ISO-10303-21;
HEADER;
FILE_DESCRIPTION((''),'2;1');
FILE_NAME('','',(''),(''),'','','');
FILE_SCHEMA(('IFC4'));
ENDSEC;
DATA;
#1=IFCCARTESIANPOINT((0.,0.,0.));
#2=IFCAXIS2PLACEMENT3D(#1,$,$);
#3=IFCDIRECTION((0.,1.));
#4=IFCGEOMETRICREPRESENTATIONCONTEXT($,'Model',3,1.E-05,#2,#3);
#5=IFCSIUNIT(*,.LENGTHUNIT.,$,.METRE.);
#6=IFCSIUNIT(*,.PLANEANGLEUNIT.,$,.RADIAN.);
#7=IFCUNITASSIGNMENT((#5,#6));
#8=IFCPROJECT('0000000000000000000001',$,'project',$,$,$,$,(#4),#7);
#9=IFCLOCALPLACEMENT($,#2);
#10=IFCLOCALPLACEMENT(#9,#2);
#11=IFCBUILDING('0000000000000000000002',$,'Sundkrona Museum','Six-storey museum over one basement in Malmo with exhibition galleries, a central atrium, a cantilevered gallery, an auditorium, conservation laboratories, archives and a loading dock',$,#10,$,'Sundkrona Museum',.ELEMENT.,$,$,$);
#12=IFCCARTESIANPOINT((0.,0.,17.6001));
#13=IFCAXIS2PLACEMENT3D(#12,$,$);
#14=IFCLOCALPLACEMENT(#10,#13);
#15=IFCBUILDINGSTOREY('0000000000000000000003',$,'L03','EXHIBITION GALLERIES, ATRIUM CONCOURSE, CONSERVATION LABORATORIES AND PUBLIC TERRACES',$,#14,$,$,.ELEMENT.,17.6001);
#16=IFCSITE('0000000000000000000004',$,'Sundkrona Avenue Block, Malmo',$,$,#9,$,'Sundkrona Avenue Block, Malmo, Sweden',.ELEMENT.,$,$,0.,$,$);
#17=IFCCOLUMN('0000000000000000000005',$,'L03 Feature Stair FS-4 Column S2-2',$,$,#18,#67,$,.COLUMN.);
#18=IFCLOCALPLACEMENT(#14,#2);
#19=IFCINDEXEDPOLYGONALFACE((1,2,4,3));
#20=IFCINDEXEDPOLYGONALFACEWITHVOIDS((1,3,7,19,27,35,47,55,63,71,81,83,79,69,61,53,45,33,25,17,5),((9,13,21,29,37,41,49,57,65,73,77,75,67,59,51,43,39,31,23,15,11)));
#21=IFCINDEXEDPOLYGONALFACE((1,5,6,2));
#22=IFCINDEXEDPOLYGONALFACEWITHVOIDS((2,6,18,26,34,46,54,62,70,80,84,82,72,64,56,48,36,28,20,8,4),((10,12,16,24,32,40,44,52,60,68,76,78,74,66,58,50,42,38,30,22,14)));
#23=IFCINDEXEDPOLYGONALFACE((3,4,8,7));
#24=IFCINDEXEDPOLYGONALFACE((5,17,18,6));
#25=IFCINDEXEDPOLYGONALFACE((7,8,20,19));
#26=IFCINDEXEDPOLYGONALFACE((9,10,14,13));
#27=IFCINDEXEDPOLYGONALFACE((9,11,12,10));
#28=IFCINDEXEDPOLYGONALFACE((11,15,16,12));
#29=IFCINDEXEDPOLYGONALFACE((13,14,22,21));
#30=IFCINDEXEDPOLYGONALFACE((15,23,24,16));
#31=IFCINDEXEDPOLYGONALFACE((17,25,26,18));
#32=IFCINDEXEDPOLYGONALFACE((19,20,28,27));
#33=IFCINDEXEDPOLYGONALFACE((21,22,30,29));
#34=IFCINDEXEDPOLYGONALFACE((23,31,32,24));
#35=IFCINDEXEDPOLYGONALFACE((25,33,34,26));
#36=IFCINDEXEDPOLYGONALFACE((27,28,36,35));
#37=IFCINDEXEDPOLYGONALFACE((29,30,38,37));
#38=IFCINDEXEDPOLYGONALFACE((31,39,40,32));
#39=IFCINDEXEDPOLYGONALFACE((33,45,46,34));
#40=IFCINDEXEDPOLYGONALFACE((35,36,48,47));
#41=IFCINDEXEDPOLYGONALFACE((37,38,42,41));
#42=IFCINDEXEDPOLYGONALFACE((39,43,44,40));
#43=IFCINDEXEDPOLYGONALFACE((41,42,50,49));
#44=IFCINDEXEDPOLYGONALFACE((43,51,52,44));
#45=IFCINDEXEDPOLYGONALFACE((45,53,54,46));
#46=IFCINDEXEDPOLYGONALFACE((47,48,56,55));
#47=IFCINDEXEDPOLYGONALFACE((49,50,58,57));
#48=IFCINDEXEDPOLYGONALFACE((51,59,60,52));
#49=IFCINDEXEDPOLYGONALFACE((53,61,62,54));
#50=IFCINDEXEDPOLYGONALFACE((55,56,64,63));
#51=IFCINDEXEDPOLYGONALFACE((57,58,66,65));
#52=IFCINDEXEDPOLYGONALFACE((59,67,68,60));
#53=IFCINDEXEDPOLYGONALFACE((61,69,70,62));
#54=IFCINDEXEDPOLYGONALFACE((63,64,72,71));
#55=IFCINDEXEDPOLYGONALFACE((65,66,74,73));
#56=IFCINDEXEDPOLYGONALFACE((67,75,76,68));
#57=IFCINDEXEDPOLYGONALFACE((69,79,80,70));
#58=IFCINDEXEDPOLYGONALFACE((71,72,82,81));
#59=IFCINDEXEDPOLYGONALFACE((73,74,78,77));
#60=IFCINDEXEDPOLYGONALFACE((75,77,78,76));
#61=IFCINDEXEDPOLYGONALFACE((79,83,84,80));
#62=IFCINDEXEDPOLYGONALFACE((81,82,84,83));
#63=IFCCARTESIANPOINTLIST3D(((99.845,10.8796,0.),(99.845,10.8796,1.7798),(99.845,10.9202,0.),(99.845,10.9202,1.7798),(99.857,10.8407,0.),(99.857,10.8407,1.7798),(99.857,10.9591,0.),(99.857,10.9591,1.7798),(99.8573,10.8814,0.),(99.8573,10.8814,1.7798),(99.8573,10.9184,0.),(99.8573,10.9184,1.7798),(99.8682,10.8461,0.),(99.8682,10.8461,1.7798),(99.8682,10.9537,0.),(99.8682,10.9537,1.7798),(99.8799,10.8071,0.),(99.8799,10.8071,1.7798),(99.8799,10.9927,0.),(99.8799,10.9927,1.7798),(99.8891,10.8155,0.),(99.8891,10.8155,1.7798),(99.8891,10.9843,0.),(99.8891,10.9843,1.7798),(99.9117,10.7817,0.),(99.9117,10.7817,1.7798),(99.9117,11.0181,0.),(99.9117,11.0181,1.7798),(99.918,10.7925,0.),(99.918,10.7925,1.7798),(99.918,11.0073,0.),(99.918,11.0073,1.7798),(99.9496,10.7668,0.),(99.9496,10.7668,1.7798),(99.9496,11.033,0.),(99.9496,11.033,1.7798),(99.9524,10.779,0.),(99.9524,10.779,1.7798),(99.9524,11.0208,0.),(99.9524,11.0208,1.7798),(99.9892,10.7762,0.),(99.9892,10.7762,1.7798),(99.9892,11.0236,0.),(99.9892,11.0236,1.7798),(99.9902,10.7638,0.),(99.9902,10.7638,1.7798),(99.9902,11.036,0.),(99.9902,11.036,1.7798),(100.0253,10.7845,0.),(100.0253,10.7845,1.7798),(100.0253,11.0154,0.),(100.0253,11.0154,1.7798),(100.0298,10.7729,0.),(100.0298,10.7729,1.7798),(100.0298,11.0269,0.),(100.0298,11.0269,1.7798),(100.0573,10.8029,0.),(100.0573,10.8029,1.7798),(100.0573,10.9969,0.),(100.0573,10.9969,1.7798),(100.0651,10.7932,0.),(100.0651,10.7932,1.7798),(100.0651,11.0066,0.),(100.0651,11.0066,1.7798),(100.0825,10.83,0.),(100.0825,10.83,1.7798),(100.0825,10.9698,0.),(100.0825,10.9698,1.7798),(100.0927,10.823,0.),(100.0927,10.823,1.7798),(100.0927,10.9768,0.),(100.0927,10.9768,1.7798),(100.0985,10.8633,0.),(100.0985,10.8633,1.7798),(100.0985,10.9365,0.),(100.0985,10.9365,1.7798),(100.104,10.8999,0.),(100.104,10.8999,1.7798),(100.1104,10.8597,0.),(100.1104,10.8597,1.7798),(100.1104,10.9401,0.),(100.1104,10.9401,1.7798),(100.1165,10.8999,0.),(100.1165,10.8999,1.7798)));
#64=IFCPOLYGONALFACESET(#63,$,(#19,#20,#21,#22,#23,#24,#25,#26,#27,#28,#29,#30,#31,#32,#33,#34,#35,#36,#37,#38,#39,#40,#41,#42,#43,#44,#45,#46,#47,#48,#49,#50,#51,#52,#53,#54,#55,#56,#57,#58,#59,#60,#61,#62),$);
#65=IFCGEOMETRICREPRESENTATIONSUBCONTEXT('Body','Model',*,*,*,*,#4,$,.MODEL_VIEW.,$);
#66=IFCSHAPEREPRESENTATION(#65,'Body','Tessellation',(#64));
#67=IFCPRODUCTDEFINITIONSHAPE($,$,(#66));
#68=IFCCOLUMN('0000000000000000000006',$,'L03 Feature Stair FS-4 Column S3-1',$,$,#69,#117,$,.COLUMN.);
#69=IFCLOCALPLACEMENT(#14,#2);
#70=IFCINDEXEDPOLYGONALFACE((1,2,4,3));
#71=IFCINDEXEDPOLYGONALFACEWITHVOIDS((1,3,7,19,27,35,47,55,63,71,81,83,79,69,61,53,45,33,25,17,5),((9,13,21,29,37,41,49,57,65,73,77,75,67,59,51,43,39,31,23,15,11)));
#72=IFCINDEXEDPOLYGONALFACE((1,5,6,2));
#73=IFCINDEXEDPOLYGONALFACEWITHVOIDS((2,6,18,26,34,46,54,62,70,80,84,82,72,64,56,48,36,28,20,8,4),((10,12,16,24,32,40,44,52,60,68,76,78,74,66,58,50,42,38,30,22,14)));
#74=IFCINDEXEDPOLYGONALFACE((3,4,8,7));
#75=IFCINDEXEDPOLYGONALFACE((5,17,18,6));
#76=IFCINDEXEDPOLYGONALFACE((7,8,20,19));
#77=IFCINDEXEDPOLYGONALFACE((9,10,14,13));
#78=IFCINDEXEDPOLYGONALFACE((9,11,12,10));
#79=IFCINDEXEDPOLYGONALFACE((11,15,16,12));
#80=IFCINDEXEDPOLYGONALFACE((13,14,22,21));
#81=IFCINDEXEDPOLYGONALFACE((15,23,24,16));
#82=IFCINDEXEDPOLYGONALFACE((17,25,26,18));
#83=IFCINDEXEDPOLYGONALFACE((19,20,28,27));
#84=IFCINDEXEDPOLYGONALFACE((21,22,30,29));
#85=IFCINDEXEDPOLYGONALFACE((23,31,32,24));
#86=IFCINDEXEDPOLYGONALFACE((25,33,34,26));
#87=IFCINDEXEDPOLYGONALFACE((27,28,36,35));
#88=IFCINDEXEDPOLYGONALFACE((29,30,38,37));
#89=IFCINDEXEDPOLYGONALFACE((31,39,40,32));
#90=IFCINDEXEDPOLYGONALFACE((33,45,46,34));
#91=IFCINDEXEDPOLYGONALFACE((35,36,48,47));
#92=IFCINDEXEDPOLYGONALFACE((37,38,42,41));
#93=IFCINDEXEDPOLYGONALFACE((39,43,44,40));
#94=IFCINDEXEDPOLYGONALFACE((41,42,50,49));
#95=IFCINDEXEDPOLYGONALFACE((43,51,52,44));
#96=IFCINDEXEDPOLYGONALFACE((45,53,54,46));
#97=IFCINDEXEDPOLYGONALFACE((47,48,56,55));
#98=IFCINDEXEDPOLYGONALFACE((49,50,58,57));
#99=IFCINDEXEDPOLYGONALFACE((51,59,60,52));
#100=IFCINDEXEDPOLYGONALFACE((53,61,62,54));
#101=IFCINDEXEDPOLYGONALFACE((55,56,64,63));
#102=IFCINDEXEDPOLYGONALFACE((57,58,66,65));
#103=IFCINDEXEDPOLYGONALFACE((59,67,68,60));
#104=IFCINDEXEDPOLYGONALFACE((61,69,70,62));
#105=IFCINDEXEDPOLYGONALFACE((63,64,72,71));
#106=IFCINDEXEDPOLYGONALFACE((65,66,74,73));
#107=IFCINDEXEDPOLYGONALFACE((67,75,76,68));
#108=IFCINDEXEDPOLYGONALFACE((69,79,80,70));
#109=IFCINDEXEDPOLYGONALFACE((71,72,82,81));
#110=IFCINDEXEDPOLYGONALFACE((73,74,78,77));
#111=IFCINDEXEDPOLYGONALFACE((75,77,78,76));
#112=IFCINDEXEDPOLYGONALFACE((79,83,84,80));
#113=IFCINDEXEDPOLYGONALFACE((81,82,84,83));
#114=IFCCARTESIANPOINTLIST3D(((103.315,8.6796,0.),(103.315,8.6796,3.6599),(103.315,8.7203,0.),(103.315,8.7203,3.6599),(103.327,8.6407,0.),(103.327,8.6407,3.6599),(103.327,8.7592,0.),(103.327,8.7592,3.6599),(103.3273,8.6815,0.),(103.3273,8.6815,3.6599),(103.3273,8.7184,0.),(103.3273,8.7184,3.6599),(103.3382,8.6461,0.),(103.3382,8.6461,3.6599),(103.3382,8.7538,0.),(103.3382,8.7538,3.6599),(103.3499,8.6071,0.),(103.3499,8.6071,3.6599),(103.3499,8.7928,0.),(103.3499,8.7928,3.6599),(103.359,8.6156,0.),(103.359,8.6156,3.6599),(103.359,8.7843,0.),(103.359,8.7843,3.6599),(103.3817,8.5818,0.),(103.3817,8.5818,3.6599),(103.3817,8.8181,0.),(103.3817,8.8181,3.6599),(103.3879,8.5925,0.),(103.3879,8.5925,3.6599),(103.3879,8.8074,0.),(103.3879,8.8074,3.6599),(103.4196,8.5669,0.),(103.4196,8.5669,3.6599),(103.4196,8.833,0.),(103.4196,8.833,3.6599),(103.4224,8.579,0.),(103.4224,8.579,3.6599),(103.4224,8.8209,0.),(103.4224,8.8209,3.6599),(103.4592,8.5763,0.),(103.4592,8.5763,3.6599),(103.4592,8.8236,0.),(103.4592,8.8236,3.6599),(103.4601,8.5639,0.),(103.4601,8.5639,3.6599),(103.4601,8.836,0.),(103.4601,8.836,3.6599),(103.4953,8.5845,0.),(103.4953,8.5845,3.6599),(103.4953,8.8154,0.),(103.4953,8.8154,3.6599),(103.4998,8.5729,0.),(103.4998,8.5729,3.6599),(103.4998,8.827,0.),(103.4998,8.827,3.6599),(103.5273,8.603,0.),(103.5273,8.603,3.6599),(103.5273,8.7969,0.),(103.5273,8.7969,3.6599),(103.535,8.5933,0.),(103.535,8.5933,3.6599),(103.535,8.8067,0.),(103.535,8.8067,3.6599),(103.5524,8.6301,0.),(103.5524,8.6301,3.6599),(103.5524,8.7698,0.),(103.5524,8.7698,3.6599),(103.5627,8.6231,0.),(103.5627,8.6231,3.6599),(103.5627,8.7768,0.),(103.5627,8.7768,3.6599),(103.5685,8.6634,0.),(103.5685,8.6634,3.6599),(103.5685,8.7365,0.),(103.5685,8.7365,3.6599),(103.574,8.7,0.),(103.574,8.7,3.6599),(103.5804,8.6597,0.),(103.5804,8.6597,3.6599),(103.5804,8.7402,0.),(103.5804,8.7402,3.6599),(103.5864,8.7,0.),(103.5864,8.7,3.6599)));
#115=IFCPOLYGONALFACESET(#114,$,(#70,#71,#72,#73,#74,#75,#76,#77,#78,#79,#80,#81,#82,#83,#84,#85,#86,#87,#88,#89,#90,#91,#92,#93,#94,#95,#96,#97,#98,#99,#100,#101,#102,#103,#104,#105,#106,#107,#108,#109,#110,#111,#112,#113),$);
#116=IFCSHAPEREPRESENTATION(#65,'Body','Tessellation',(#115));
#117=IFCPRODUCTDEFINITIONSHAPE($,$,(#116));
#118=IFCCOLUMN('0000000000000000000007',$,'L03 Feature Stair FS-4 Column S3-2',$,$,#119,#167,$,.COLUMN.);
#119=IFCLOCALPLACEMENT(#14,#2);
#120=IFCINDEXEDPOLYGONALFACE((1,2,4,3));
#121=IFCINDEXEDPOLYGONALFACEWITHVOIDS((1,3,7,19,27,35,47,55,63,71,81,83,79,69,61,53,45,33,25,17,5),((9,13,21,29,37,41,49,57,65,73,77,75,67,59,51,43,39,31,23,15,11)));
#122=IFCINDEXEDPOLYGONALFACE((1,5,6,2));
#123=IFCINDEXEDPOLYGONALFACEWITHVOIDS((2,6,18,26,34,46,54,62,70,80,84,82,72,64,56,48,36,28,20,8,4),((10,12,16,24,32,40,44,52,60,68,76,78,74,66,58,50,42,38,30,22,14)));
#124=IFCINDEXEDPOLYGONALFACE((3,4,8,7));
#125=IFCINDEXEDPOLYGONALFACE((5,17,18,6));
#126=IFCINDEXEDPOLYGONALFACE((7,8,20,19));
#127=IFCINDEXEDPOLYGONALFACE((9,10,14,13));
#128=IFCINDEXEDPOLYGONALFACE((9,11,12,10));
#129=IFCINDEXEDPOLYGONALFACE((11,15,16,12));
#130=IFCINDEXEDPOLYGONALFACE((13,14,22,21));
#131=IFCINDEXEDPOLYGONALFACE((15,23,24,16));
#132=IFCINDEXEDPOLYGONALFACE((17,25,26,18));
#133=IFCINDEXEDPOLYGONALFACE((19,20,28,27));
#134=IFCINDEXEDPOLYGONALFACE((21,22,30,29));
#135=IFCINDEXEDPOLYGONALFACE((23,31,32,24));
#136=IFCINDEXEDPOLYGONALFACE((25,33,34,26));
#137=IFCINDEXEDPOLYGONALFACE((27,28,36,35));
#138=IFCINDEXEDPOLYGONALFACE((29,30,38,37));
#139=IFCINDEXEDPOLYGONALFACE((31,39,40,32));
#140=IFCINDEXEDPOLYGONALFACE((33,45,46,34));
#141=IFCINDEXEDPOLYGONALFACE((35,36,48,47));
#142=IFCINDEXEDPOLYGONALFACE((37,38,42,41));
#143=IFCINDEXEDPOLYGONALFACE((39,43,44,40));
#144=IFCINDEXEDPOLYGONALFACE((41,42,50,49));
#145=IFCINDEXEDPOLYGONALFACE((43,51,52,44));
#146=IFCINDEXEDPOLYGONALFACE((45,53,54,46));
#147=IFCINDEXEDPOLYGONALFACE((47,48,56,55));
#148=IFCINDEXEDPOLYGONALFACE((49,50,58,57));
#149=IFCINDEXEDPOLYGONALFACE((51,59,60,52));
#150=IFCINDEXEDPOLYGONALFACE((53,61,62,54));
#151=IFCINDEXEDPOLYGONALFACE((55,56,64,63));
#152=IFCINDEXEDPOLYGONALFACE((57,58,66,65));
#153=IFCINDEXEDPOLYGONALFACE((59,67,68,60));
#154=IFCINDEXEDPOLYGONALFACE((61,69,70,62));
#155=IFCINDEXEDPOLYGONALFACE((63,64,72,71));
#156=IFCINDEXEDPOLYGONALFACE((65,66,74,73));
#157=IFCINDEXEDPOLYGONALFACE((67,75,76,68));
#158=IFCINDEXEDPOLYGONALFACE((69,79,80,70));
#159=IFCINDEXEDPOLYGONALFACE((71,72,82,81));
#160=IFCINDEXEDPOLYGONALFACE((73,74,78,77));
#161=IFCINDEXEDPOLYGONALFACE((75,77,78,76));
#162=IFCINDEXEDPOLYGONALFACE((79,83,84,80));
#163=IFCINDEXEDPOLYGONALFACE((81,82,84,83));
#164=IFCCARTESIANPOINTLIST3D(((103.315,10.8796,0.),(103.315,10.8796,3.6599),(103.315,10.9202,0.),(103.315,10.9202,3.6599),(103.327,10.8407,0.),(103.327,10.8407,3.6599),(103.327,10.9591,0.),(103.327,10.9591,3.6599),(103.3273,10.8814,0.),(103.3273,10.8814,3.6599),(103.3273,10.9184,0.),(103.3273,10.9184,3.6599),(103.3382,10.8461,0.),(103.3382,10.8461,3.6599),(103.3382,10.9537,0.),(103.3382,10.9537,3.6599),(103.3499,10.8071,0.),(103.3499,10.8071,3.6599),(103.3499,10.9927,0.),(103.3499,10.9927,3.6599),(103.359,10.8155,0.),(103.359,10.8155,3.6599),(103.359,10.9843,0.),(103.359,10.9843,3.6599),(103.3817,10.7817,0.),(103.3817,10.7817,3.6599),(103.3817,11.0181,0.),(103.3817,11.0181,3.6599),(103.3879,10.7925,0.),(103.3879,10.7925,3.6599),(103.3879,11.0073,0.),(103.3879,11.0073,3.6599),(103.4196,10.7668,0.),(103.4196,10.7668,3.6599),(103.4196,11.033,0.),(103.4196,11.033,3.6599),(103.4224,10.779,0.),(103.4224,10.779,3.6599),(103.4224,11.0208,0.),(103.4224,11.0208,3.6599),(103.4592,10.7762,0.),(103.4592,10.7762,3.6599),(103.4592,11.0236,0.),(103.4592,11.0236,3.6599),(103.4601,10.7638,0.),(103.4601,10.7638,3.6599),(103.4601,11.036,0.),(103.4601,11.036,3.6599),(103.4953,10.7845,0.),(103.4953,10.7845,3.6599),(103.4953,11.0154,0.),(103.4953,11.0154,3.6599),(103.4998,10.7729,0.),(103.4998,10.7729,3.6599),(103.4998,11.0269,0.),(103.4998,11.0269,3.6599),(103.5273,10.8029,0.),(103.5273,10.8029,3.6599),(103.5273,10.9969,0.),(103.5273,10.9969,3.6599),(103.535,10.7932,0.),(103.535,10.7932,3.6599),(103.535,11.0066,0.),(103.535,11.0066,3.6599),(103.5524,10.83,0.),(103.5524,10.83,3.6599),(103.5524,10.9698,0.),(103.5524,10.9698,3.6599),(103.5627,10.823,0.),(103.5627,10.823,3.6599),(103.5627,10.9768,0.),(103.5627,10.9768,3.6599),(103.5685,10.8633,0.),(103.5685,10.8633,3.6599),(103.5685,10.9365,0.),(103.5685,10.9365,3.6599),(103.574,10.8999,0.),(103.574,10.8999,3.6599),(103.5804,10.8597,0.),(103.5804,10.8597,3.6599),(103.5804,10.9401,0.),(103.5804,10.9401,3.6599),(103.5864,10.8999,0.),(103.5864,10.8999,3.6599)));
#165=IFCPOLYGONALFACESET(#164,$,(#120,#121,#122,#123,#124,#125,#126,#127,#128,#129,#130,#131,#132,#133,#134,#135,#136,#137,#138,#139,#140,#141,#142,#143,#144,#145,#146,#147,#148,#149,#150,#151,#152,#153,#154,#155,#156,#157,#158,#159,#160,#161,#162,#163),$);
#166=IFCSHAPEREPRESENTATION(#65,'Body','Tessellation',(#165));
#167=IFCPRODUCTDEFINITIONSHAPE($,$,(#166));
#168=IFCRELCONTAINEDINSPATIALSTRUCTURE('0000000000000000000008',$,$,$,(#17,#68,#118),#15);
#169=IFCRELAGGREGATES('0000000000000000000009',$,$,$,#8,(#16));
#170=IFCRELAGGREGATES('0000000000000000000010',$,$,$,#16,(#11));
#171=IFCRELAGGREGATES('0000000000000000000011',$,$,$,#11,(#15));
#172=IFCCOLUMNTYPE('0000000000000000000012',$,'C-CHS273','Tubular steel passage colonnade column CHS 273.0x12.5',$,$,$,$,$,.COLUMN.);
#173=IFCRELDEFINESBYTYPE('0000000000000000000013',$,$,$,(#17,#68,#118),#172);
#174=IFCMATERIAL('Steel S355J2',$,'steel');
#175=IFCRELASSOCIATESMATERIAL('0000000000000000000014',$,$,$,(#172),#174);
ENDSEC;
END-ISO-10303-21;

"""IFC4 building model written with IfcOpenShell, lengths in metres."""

from ifc_helpers import new_model, si_unit, direction, frame, origin, origin_2d, place, context, subcontext, project, spatial, hollow_circle, extrude, material, material_profile, profile_set, type_object, element, save


model = new_model("IFC4")

# Units and contexts
model_context = context("Model", 3, precision=1e-05, world=origin(), true_north=direction((0.0, 1.0)))
body_context = subcontext(model_context, "Body", "Model", "MODEL_VIEW")
ifc_project = project(units=[si_unit("LENGTHUNIT", "METRE"), si_unit("PLANEANGLEUNIT", "RADIAN")], contexts=[model_context])

# Site, building, storey
site_placement = place(None, origin())
site = spatial("IfcSite", under=ifc_project, at=site_placement, Name="Sundkrona Avenue Block, Malmo", LongName="Sundkrona Avenue Block, Malmo, Sweden", CompositionType="ELEMENT", RefElevation=0.0)
building_placement = place(site_placement, origin())
building = spatial("IfcBuilding", under=site, at=building_placement, Name="Sundkrona Museum", Description="Six-storey museum over one basement in Malmo with exhibition galleries, a central atrium, a cantilevered gallery, an auditorium, conservation laboratories, archives and a loading dock", LongName="Sundkrona Museum", CompositionType="ELEMENT")
storey_placement = place(building_placement, frame((0.0, 0.0, 17.6001)))
storey = spatial("IfcBuildingStorey", under=building, at=storey_placement, Name="L03", Description="EXHIBITION GALLERIES, ATRIUM CONCOURSE, CONSERVATION LABORATORIES AND PUBLIC TERRACES", CompositionType="ELEMENT", Elevation=17.6001)

# Columns
ifc_material_1 = material(Name="Steel S355J2", Category="steel")
ifc_material_profile_1 = material_profile(ifc_material_1, hollow_circle(Radius=0.1365, WallThickness=0.0125, at=origin_2d()), Name="CHS 273.0x12.5")
ifc_profile_set_1 = profile_set([ifc_material_profile_1], Name="Steel S355J2")
column_type_1 = type_object("IfcColumnType", Name="C-CHS273", Description="Tubular steel passage colonnade column CHS 273.0x12.5", PredefinedType="COLUMN", material=ifc_profile_set_1)
column_placement = place(storey_placement, frame((99.98, 10.8999, 0.0), z_axis=(0.0, 0.0, 1.0), x_axis=(1.0, 0.0, 0.0)))
element("IfcColumn", 1, at=column_placement, inside=storey, type_object=column_type_1, Name="L03 Feature Stair FS-4 Column S2-2", PredefinedType="COLUMN", context=body_context, shape_type="SweptSolid", body=[
    extrude(hollow_circle(Radius=0.1365, WallThickness=0.0125, at=origin_2d()), origin(), (0.0, 0.0, 1.0), 1.7798),
])
for number, where, z_axis, x_axis, name in (
    (2, (103.45, 8.7, 0.0), (0.0, 0.0, 1.0), (1.0, 0.0, 0.0), "L03 Feature Stair FS-4 Column S3-1"),
    (3, (103.45, 10.8999, 0.0), (0.0, 0.0, 1.0), (1.0, 0.0, 0.0), "L03 Feature Stair FS-4 Column S3-2"),
):
    element("IfcColumn", number, at=place(storey_placement, frame(where, z_axis=z_axis, x_axis=x_axis)), inside=storey, type_object=column_type_1, Name=name, PredefinedType="COLUMN", context=body_context, shape_type="SweptSolid", body=[
        extrude(hollow_circle(Radius=0.1365, WallThickness=0.0125, at=origin_2d()), origin(), (0.0, 0.0, 1.0), 3.6599),
    ])

save(model, "model.ifc")
